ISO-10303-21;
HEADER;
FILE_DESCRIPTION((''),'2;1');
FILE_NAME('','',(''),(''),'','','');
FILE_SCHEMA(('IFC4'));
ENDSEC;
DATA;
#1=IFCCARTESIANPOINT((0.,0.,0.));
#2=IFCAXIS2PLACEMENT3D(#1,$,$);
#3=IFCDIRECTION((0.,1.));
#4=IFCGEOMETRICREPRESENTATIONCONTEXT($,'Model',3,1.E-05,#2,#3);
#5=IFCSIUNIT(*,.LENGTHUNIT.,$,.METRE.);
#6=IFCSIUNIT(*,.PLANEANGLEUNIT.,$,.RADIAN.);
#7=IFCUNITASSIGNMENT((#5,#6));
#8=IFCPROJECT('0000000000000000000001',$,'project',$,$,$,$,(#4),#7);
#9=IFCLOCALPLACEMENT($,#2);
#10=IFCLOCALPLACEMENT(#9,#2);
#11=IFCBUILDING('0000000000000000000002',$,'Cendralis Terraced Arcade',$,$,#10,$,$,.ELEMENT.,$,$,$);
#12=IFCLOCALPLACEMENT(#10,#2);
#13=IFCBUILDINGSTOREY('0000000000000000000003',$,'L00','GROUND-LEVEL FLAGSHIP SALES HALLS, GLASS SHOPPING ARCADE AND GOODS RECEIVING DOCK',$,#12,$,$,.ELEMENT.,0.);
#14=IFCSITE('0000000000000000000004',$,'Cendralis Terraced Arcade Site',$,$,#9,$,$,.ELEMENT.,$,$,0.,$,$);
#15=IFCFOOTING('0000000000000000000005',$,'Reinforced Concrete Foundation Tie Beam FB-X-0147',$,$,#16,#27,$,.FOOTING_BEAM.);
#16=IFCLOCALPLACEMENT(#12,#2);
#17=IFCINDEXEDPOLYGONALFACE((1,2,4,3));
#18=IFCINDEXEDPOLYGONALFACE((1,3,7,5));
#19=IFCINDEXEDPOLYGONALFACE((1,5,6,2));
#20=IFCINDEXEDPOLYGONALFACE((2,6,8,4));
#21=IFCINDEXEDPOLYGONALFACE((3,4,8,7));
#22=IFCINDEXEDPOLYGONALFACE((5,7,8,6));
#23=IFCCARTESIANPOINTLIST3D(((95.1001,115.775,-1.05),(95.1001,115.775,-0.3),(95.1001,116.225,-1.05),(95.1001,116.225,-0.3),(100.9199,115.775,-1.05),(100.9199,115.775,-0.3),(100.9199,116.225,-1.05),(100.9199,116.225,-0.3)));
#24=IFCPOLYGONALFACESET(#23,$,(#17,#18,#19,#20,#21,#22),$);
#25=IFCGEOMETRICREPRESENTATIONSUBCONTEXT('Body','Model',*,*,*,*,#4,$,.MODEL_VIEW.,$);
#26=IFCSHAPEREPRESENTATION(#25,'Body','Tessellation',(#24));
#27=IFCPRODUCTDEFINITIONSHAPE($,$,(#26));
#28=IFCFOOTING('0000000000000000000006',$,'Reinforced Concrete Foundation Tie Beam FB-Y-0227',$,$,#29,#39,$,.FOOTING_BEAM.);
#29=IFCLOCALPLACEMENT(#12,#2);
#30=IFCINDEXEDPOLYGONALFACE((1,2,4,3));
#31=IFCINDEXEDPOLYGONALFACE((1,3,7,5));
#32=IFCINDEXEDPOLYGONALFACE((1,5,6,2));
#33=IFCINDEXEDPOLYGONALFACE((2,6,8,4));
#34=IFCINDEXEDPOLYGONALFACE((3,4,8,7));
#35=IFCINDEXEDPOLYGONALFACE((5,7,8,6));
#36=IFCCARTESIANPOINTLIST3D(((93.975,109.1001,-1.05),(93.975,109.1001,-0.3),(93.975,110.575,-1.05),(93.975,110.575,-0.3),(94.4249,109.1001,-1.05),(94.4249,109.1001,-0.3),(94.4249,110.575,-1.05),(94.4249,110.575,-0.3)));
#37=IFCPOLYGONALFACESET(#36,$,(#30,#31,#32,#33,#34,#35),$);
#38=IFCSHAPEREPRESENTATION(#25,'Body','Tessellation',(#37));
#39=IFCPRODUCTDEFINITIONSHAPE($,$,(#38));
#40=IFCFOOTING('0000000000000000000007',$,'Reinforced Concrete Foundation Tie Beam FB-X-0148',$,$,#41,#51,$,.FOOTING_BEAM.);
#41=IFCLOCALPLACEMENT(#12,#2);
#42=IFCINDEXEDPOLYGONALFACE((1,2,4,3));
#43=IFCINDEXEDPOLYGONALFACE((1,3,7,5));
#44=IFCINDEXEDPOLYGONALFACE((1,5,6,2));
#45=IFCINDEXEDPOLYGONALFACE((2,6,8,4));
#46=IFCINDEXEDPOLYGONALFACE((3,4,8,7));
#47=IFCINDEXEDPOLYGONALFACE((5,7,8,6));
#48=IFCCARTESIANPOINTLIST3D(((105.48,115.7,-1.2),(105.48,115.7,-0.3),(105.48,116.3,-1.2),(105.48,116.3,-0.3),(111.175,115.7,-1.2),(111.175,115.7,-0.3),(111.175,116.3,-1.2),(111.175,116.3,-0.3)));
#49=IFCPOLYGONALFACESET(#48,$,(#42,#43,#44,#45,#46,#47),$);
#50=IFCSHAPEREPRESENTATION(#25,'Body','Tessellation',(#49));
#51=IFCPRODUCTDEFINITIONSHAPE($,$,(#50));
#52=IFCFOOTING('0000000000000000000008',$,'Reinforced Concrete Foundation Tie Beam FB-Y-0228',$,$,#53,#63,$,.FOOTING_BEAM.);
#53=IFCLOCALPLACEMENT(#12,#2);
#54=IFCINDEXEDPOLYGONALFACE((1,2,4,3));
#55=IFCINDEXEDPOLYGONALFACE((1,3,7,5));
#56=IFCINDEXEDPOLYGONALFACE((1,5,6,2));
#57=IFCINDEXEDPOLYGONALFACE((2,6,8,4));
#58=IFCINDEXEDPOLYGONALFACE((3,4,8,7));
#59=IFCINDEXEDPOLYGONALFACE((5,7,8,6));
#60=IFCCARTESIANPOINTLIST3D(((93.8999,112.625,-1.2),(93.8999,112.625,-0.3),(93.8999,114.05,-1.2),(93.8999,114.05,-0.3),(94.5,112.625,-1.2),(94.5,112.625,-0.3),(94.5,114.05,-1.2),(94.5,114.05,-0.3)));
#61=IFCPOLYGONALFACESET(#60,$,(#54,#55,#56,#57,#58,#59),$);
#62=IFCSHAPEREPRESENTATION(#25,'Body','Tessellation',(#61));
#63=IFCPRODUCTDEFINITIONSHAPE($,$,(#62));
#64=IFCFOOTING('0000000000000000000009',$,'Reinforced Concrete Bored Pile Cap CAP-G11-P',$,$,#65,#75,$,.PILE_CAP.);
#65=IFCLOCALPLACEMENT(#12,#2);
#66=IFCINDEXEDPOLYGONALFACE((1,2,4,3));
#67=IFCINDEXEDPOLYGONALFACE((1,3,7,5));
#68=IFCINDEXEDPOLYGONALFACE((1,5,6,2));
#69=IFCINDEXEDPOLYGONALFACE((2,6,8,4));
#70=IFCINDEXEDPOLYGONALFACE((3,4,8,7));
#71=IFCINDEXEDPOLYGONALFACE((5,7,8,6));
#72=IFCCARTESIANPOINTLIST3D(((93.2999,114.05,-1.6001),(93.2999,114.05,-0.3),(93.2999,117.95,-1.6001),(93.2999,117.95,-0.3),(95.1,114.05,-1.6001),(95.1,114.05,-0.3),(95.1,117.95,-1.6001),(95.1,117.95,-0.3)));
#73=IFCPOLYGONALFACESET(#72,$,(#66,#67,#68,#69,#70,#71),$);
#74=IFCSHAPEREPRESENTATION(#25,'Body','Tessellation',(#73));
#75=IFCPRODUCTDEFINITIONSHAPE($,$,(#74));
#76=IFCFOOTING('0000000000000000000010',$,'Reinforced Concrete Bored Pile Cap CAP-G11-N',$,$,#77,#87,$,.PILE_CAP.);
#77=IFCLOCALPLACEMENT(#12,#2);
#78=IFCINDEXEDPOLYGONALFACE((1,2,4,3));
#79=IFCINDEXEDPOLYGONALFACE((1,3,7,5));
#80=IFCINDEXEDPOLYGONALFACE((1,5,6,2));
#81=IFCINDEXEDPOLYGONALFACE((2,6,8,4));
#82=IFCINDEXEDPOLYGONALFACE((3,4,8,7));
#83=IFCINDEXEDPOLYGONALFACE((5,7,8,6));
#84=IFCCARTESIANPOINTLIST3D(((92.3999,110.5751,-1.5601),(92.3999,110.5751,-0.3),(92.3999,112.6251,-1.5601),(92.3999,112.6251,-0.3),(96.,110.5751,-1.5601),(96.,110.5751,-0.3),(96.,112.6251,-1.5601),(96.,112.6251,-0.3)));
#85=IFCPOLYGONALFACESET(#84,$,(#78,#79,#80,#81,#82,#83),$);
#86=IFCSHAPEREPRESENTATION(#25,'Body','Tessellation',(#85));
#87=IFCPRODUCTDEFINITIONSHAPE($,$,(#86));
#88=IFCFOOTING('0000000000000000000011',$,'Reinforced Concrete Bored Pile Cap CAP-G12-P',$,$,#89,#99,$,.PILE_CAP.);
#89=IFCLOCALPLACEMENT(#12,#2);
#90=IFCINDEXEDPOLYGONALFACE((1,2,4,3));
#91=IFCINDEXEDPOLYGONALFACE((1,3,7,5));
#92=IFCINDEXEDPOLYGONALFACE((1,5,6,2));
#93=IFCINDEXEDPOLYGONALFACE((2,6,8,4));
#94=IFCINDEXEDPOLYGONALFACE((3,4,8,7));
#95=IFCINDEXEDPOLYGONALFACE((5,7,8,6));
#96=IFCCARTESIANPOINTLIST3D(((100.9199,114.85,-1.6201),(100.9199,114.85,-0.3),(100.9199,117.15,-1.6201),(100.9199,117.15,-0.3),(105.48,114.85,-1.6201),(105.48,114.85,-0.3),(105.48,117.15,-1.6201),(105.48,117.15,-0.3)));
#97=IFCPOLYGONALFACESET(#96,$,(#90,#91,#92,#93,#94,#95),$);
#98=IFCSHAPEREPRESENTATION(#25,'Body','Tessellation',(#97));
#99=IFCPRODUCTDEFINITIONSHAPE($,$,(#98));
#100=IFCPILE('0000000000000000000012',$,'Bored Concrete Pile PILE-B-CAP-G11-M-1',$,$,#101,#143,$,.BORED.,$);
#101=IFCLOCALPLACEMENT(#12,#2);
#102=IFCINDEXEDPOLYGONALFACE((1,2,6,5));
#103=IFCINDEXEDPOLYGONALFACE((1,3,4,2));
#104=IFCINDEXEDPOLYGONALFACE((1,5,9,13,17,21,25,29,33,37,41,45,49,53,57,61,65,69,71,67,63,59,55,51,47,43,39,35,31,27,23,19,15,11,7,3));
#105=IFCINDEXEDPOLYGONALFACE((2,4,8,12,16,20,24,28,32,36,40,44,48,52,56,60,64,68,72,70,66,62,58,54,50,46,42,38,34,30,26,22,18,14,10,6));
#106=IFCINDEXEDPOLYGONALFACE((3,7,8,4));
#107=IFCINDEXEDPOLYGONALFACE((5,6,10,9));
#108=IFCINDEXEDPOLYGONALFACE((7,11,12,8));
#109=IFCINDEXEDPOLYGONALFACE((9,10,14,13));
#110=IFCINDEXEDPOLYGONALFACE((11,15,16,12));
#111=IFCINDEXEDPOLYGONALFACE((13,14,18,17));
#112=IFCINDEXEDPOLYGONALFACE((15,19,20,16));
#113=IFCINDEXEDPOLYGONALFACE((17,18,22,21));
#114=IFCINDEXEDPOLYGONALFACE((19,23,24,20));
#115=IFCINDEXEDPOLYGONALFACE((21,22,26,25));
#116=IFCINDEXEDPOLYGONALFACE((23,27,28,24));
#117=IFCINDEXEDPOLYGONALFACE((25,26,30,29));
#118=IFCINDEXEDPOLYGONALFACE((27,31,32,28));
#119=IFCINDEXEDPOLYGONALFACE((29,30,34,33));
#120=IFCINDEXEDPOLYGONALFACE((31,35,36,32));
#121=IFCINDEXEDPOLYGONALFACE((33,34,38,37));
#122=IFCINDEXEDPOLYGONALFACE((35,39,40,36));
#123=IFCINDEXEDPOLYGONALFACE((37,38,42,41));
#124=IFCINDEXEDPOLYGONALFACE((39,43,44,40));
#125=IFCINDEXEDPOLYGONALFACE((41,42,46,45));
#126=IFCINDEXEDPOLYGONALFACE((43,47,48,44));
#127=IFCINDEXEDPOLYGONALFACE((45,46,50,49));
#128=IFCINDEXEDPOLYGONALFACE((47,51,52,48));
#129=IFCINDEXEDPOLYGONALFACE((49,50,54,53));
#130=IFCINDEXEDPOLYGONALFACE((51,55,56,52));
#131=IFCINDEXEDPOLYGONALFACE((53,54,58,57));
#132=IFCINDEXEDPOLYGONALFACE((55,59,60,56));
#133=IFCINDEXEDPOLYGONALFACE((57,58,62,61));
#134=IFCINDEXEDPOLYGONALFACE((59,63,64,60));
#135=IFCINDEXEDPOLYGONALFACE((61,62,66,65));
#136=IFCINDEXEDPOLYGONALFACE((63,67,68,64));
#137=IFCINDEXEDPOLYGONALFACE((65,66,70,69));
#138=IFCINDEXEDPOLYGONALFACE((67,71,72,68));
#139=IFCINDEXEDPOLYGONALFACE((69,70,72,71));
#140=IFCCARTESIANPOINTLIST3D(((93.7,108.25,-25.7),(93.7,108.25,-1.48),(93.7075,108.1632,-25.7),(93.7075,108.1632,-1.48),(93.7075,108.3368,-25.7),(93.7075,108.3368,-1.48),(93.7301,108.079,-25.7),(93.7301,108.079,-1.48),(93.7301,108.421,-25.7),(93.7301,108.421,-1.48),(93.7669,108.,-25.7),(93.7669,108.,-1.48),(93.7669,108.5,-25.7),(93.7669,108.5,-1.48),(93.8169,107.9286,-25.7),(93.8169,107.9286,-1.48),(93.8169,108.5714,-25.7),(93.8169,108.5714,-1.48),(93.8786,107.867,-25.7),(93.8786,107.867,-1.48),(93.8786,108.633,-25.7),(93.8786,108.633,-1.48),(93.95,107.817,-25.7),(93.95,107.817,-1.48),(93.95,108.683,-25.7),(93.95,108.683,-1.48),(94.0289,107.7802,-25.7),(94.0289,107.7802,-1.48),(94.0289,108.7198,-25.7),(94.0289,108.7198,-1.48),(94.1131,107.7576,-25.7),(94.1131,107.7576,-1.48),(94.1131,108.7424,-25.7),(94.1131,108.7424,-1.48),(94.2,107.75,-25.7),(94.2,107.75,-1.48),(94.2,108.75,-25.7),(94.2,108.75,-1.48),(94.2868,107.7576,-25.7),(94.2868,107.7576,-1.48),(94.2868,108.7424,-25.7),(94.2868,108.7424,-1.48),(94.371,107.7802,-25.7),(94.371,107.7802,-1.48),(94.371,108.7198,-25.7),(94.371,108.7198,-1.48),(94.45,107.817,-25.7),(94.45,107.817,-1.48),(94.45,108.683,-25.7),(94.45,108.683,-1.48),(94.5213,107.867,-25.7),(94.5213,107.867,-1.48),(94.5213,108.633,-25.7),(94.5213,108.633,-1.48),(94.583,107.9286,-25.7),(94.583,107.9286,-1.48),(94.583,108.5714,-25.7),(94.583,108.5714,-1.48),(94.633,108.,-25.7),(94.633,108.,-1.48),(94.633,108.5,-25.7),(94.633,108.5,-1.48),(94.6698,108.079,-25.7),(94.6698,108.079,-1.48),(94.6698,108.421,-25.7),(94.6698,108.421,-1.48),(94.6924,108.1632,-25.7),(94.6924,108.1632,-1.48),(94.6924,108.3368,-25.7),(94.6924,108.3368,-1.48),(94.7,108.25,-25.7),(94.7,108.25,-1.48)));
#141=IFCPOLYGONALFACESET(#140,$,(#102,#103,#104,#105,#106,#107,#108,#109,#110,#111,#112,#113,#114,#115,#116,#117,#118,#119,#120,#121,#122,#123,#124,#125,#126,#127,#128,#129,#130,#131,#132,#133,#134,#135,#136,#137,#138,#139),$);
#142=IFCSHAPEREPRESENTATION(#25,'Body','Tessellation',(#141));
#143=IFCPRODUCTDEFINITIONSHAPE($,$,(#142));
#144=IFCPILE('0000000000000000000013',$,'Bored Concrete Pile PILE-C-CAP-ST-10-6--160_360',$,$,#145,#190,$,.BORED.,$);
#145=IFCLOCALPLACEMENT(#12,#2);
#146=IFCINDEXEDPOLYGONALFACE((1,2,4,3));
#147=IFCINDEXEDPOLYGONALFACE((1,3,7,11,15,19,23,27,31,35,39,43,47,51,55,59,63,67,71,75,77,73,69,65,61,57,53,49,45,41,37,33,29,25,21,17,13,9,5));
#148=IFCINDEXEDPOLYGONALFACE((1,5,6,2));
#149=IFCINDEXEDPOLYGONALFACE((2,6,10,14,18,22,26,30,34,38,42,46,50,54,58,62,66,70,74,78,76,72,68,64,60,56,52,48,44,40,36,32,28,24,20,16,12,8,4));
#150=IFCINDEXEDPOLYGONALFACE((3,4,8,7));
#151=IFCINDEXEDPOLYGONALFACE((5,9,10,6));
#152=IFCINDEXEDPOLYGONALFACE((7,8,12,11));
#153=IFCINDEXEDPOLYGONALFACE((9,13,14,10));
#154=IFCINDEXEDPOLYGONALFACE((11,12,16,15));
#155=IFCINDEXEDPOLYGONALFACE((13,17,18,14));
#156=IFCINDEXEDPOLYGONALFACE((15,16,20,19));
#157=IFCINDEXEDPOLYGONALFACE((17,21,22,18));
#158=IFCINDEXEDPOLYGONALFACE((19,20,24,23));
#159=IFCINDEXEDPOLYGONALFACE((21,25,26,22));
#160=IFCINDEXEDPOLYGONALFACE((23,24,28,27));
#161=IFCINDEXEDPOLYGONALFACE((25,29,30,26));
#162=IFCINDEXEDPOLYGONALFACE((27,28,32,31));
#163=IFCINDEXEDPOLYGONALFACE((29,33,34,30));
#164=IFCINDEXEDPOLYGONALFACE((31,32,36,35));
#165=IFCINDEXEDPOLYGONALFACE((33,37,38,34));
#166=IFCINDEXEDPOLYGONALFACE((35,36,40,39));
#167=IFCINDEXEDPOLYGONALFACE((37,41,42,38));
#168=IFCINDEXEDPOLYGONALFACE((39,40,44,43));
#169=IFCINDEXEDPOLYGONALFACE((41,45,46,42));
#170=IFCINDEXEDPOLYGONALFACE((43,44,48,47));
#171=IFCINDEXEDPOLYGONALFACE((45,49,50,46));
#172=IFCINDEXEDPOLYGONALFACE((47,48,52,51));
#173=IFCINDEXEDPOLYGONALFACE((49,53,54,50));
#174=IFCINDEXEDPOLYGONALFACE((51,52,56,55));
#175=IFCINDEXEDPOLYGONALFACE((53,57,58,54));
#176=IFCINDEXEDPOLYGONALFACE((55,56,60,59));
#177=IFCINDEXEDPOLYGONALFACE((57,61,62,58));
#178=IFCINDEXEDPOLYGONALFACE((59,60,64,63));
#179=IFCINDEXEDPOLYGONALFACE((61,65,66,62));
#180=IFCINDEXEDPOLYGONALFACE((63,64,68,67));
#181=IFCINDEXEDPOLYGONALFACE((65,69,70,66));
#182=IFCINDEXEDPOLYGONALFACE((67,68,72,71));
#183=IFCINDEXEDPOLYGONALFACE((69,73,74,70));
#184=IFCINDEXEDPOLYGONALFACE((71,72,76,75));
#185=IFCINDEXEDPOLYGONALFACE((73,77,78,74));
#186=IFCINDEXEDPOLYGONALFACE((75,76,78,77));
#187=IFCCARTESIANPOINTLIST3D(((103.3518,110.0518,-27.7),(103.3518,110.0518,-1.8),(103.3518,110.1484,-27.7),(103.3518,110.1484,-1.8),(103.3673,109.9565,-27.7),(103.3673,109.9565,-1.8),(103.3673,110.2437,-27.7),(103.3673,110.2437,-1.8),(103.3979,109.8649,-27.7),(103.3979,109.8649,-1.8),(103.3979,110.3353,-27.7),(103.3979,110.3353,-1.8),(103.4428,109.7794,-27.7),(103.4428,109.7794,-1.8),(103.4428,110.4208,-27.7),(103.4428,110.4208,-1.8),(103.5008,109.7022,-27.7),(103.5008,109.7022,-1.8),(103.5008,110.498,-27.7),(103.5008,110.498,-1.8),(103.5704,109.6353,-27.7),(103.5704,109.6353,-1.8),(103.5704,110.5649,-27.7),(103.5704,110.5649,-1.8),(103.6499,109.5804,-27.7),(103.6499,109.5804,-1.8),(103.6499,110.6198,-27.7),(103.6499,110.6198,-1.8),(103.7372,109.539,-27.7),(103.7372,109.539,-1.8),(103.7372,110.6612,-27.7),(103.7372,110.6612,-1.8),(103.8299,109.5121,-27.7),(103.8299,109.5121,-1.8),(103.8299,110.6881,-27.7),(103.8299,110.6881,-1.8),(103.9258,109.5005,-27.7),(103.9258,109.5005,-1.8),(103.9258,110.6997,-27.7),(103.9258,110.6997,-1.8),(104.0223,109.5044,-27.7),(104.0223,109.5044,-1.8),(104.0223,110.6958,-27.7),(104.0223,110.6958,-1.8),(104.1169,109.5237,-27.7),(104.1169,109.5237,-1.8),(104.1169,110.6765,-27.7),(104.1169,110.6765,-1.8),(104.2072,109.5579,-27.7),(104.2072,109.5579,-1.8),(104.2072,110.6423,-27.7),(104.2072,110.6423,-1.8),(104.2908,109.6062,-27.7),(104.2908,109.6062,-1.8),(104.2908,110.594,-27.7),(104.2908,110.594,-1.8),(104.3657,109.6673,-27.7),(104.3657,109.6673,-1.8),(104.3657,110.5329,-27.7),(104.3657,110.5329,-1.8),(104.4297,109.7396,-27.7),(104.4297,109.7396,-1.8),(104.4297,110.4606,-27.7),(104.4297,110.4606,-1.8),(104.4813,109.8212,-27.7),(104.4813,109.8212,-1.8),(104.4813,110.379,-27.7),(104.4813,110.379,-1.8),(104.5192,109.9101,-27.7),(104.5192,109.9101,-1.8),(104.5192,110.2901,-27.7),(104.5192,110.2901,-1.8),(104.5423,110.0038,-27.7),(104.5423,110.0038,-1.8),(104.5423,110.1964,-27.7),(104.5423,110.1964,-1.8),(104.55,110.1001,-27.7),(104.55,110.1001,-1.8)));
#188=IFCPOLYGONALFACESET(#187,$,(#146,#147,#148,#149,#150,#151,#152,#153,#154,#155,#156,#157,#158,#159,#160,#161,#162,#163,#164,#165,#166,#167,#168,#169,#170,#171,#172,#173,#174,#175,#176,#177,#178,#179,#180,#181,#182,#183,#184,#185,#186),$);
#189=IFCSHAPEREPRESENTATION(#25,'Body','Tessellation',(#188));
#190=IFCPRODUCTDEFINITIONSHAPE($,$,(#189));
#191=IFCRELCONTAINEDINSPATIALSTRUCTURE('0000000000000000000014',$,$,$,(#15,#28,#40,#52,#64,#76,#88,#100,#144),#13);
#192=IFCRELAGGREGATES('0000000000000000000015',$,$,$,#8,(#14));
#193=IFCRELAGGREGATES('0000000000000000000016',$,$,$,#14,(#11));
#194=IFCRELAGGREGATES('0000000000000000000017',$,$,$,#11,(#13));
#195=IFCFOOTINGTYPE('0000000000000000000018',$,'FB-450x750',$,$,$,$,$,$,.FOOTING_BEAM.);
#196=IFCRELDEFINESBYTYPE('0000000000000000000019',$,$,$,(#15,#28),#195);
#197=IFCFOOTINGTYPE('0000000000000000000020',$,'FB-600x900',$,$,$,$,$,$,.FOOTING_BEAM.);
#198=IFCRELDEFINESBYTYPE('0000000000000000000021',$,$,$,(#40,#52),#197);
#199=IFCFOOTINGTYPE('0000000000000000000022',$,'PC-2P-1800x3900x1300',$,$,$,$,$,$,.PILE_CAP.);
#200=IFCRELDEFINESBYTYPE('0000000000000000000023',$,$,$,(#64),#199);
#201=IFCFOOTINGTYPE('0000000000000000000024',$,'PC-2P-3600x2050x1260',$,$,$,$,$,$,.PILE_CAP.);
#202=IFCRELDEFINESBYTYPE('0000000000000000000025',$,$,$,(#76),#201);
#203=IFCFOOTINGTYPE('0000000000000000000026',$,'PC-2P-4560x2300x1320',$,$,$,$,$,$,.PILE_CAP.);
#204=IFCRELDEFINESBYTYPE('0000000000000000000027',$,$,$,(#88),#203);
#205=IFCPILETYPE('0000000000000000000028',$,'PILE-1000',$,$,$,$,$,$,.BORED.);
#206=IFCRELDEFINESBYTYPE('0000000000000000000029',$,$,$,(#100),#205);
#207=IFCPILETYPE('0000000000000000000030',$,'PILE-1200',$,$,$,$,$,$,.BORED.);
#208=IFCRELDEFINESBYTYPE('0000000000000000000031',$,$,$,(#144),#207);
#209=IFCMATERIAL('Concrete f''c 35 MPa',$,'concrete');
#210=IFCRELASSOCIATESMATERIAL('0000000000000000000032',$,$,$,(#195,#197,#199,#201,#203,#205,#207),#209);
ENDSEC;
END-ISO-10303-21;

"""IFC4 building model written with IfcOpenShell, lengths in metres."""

from ifc_helpers import new_model, si_unit, direction, frame, origin, origin_2d, place, context, subcontext, project, spatial, rectangle, circle, extrude, material, material_profile, profile_set, type_object, element, save


model = new_model("IFC4")

# Units and contexts
model_context = context("Model", 3, precision=1e-05, world=origin(), true_north=direction((0.0, 1.0)))
body_context = subcontext(model_context, "Body", "Model", "MODEL_VIEW")
ifc_project = project(units=[si_unit("LENGTHUNIT", "METRE"), si_unit("PLANEANGLEUNIT", "RADIAN")], contexts=[model_context])

# Site, building, storey
site_placement = place(None, origin())
site = spatial("IfcSite", under=ifc_project, at=site_placement, Name="Cendralis Terraced Arcade Site", CompositionType="ELEMENT", RefElevation=0.0)
building_placement = place(site_placement, origin())
building = spatial("IfcBuilding", under=site, at=building_placement, Name="Cendralis Terraced Arcade", CompositionType="ELEMENT")
storey_placement = place(building_placement, origin())
storey = spatial("IfcBuildingStorey", under=building, at=storey_placement, Name="L00", Description="GROUND-LEVEL FLAGSHIP SALES HALLS, GLASS SHOPPING ARCADE AND GOODS RECEIVING DOCK", CompositionType="ELEMENT", Elevation=0.0)

# Footings
ifc_material_1 = material(Name="Concrete f'c 35 MPa", Category="concrete")
ifc_material_profile_1 = material_profile(ifc_material_1, rectangle(XDim=0.45, YDim=0.75, at=origin_2d()), Name="FB-450x750", Category="LoadBearing")
ifc_profile_set_1 = profile_set([ifc_material_profile_1], Name="Concrete f'c 35 MPa")
footing_type_1 = type_object("IfcFootingType", Name="FB-450x750", PredefinedType="FOOTING_BEAM", material=ifc_profile_set_1)
footing_1_placement = place(storey_placement, frame((95.1001, 116.0, -0.675), z_axis=(1.0, 0.0, 0.0), x_axis=(0.0, 1.0, 0.0)))
element("IfcFooting", 1, at=footing_1_placement, inside=storey, type_object=footing_type_1, Name="Reinforced Concrete Foundation Tie Beam FB-X-0147", PredefinedType="FOOTING_BEAM", context=body_context, shape_type="SweptSolid", body=[
    extrude(rectangle(XDim=0.45, YDim=0.75, at=origin_2d()), origin(), (0.0, 0.0, 1.0), 5.8198),
])
footing_2_placement = place(storey_placement, frame((94.2, 109.1001, -0.675), z_axis=(0.0, 1.0, 0.0), x_axis=(-1.0, 0.0, 0.0)))
element("IfcFooting", 2, at=footing_2_placement, inside=storey, type_object=footing_type_1, Name="Reinforced Concrete Foundation Tie Beam FB-Y-0227", PredefinedType="FOOTING_BEAM", context=body_context, shape_type="SweptSolid", body=[
    extrude(rectangle(XDim=0.45, YDim=0.75, at=origin_2d()), origin(), (0.0, 0.0, 1.0), 1.4749),
])
ifc_material_profile_2 = material_profile(ifc_material_1, rectangle(XDim=0.6001, YDim=0.8999, at=origin_2d()), Name="FB-600x900", Category="LoadBearing")
ifc_profile_set_2 = profile_set([ifc_material_profile_2], Name="Concrete f'c 35 MPa")
footing_type_2 = type_object("IfcFootingType", Name="FB-600x900", PredefinedType="FOOTING_BEAM", material=ifc_profile_set_2)
footing_3_placement = place(storey_placement, frame((105.48, 116.0, -0.75), z_axis=(1.0, 0.0, 0.0), x_axis=(0.0, 1.0, 0.0)))
element("IfcFooting", 3, at=footing_3_placement, inside=storey, type_object=footing_type_2, Name="Reinforced Concrete Foundation Tie Beam FB-X-0148", PredefinedType="FOOTING_BEAM", context=body_context, shape_type="SweptSolid", body=[
    extrude(rectangle(XDim=0.6001, YDim=0.8999, at=origin_2d()), origin(), (0.0, 0.0, 1.0), 5.6951),
])
footing_4_placement = place(storey_placement, frame((94.2, 112.625, -0.75), z_axis=(0.0, 1.0, 0.0), x_axis=(-1.0, 0.0, 0.0)))
element("IfcFooting", 4, at=footing_4_placement, inside=storey, type_object=footing_type_2, Name="Reinforced Concrete Foundation Tie Beam FB-Y-0228", PredefinedType="FOOTING_BEAM", context=body_context, shape_type="SweptSolid", body=[
    extrude(rectangle(XDim=0.6001, YDim=0.8999, at=origin_2d()), origin(), (0.0, 0.0, 1.0), 1.425),
])
footing_type_3 = type_object("IfcFootingType", Name="PC-2P-1800x3900x1300", PredefinedType="PILE_CAP", material=ifc_material_1)
footing_5_placement = place(storey_placement, frame((94.2, 116.0, -1.6001), z_axis=(0.0, 0.0, 1.0), x_axis=(1.0, 0.0, 0.0)))
element("IfcFooting", 5, at=footing_5_placement, inside=storey, type_object=footing_type_3, Name="Reinforced Concrete Bored Pile Cap CAP-G11-P", PredefinedType="PILE_CAP", context=body_context, shape_type="SweptSolid", body=[
    extrude(rectangle(XDim=1.8, YDim=3.8999, at=origin_2d()), origin(), (0.0, 0.0, 1.0), 1.3),
])
footing_type_4 = type_object("IfcFootingType", Name="PC-2P-3600x2050x1260", PredefinedType="PILE_CAP", material=ifc_material_1)
footing_6_placement = place(storey_placement, frame((94.2, 111.6001, -1.5601), z_axis=(0.0, 0.0, 1.0), x_axis=(1.0, 0.0, 0.0)))
element("IfcFooting", 6, at=footing_6_placement, inside=storey, type_object=footing_type_4, Name="Reinforced Concrete Bored Pile Cap CAP-G11-N", PredefinedType="PILE_CAP", context=body_context, shape_type="SweptSolid", body=[
    extrude(rectangle(XDim=3.6001, YDim=2.05, at=origin_2d()), origin(), (0.0, 0.0, 1.0), 1.26),
])
footing_type_5 = type_object("IfcFootingType", Name="PC-2P-4560x2300x1320", PredefinedType="PILE_CAP", material=ifc_material_1)
footing_7_placement = place(storey_placement, frame((103.2, 116.0, -1.6201), z_axis=(0.0, 0.0, 1.0), x_axis=(1.0, 0.0, 0.0)))
element("IfcFooting", 7, at=footing_7_placement, inside=storey, type_object=footing_type_5, Name="Reinforced Concrete Bored Pile Cap CAP-G12-P", PredefinedType="PILE_CAP", context=body_context, shape_type="SweptSolid", body=[
    extrude(rectangle(XDim=4.5601, YDim=2.3, at=origin_2d()), origin(), (0.0, 0.0, 1.0), 1.3201),
])

# Piles
ifc_material_profile_3 = material_profile(ifc_material_1, circle(Radius=0.5, at=origin_2d()), Name="PILE-D1000", Category="LoadBearing")
ifc_profile_set_3 = profile_set([ifc_material_profile_3], Name="Concrete f'c 35 MPa")
pile_type_1 = type_object("IfcPileType", Name="PILE-1000", PredefinedType="BORED", material=ifc_profile_set_3)
pile_1_placement = place(storey_placement, frame((94.2, 108.25, -1.48), z_axis=(0.0, 0.0, -1.0), x_axis=(1.0, 0.0, 0.0)))
element("IfcPile", 8, at=pile_1_placement, inside=storey, type_object=pile_type_1, Name="Bored Concrete Pile PILE-B-CAP-G11-M-1", PredefinedType="BORED", context=body_context, shape_type="SweptSolid", body=[
    extrude(circle(Radius=0.5, at=origin_2d()), origin(), (0.0, 0.0, 1.0), 24.22),
])
ifc_material_profile_4 = material_profile(ifc_material_1, circle(Radius=0.6001, at=origin_2d()), Name="PILE-D1200", Category="LoadBearing")
ifc_profile_set_4 = profile_set([ifc_material_profile_4], Name="Concrete f'c 35 MPa")
pile_type_2 = type_object("IfcPileType", Name="PILE-1200", PredefinedType="BORED", material=ifc_profile_set_4)
for number, where, z_axis, x_axis, name in (
    (9, (103.95, 110.1001, -1.8), (0.0, 0.0, -1.0), (1.0, 0.0, 0.0), "Bored Concrete Pile PILE-C-CAP-ST-10-6--160_360"),
):
    element("IfcPile", number, at=place(storey_placement, frame(where, z_axis=z_axis, x_axis=x_axis)), inside=storey, type_object=pile_type_2, Name=name, PredefinedType="BORED", context=body_context, shape_type="SweptSolid", body=[
        extrude(circle(Radius=0.6001, at=origin_2d()), origin(), (0.0, 0.0, 1.0), 25.8999),
    ])

save(model, "model.ifc")
